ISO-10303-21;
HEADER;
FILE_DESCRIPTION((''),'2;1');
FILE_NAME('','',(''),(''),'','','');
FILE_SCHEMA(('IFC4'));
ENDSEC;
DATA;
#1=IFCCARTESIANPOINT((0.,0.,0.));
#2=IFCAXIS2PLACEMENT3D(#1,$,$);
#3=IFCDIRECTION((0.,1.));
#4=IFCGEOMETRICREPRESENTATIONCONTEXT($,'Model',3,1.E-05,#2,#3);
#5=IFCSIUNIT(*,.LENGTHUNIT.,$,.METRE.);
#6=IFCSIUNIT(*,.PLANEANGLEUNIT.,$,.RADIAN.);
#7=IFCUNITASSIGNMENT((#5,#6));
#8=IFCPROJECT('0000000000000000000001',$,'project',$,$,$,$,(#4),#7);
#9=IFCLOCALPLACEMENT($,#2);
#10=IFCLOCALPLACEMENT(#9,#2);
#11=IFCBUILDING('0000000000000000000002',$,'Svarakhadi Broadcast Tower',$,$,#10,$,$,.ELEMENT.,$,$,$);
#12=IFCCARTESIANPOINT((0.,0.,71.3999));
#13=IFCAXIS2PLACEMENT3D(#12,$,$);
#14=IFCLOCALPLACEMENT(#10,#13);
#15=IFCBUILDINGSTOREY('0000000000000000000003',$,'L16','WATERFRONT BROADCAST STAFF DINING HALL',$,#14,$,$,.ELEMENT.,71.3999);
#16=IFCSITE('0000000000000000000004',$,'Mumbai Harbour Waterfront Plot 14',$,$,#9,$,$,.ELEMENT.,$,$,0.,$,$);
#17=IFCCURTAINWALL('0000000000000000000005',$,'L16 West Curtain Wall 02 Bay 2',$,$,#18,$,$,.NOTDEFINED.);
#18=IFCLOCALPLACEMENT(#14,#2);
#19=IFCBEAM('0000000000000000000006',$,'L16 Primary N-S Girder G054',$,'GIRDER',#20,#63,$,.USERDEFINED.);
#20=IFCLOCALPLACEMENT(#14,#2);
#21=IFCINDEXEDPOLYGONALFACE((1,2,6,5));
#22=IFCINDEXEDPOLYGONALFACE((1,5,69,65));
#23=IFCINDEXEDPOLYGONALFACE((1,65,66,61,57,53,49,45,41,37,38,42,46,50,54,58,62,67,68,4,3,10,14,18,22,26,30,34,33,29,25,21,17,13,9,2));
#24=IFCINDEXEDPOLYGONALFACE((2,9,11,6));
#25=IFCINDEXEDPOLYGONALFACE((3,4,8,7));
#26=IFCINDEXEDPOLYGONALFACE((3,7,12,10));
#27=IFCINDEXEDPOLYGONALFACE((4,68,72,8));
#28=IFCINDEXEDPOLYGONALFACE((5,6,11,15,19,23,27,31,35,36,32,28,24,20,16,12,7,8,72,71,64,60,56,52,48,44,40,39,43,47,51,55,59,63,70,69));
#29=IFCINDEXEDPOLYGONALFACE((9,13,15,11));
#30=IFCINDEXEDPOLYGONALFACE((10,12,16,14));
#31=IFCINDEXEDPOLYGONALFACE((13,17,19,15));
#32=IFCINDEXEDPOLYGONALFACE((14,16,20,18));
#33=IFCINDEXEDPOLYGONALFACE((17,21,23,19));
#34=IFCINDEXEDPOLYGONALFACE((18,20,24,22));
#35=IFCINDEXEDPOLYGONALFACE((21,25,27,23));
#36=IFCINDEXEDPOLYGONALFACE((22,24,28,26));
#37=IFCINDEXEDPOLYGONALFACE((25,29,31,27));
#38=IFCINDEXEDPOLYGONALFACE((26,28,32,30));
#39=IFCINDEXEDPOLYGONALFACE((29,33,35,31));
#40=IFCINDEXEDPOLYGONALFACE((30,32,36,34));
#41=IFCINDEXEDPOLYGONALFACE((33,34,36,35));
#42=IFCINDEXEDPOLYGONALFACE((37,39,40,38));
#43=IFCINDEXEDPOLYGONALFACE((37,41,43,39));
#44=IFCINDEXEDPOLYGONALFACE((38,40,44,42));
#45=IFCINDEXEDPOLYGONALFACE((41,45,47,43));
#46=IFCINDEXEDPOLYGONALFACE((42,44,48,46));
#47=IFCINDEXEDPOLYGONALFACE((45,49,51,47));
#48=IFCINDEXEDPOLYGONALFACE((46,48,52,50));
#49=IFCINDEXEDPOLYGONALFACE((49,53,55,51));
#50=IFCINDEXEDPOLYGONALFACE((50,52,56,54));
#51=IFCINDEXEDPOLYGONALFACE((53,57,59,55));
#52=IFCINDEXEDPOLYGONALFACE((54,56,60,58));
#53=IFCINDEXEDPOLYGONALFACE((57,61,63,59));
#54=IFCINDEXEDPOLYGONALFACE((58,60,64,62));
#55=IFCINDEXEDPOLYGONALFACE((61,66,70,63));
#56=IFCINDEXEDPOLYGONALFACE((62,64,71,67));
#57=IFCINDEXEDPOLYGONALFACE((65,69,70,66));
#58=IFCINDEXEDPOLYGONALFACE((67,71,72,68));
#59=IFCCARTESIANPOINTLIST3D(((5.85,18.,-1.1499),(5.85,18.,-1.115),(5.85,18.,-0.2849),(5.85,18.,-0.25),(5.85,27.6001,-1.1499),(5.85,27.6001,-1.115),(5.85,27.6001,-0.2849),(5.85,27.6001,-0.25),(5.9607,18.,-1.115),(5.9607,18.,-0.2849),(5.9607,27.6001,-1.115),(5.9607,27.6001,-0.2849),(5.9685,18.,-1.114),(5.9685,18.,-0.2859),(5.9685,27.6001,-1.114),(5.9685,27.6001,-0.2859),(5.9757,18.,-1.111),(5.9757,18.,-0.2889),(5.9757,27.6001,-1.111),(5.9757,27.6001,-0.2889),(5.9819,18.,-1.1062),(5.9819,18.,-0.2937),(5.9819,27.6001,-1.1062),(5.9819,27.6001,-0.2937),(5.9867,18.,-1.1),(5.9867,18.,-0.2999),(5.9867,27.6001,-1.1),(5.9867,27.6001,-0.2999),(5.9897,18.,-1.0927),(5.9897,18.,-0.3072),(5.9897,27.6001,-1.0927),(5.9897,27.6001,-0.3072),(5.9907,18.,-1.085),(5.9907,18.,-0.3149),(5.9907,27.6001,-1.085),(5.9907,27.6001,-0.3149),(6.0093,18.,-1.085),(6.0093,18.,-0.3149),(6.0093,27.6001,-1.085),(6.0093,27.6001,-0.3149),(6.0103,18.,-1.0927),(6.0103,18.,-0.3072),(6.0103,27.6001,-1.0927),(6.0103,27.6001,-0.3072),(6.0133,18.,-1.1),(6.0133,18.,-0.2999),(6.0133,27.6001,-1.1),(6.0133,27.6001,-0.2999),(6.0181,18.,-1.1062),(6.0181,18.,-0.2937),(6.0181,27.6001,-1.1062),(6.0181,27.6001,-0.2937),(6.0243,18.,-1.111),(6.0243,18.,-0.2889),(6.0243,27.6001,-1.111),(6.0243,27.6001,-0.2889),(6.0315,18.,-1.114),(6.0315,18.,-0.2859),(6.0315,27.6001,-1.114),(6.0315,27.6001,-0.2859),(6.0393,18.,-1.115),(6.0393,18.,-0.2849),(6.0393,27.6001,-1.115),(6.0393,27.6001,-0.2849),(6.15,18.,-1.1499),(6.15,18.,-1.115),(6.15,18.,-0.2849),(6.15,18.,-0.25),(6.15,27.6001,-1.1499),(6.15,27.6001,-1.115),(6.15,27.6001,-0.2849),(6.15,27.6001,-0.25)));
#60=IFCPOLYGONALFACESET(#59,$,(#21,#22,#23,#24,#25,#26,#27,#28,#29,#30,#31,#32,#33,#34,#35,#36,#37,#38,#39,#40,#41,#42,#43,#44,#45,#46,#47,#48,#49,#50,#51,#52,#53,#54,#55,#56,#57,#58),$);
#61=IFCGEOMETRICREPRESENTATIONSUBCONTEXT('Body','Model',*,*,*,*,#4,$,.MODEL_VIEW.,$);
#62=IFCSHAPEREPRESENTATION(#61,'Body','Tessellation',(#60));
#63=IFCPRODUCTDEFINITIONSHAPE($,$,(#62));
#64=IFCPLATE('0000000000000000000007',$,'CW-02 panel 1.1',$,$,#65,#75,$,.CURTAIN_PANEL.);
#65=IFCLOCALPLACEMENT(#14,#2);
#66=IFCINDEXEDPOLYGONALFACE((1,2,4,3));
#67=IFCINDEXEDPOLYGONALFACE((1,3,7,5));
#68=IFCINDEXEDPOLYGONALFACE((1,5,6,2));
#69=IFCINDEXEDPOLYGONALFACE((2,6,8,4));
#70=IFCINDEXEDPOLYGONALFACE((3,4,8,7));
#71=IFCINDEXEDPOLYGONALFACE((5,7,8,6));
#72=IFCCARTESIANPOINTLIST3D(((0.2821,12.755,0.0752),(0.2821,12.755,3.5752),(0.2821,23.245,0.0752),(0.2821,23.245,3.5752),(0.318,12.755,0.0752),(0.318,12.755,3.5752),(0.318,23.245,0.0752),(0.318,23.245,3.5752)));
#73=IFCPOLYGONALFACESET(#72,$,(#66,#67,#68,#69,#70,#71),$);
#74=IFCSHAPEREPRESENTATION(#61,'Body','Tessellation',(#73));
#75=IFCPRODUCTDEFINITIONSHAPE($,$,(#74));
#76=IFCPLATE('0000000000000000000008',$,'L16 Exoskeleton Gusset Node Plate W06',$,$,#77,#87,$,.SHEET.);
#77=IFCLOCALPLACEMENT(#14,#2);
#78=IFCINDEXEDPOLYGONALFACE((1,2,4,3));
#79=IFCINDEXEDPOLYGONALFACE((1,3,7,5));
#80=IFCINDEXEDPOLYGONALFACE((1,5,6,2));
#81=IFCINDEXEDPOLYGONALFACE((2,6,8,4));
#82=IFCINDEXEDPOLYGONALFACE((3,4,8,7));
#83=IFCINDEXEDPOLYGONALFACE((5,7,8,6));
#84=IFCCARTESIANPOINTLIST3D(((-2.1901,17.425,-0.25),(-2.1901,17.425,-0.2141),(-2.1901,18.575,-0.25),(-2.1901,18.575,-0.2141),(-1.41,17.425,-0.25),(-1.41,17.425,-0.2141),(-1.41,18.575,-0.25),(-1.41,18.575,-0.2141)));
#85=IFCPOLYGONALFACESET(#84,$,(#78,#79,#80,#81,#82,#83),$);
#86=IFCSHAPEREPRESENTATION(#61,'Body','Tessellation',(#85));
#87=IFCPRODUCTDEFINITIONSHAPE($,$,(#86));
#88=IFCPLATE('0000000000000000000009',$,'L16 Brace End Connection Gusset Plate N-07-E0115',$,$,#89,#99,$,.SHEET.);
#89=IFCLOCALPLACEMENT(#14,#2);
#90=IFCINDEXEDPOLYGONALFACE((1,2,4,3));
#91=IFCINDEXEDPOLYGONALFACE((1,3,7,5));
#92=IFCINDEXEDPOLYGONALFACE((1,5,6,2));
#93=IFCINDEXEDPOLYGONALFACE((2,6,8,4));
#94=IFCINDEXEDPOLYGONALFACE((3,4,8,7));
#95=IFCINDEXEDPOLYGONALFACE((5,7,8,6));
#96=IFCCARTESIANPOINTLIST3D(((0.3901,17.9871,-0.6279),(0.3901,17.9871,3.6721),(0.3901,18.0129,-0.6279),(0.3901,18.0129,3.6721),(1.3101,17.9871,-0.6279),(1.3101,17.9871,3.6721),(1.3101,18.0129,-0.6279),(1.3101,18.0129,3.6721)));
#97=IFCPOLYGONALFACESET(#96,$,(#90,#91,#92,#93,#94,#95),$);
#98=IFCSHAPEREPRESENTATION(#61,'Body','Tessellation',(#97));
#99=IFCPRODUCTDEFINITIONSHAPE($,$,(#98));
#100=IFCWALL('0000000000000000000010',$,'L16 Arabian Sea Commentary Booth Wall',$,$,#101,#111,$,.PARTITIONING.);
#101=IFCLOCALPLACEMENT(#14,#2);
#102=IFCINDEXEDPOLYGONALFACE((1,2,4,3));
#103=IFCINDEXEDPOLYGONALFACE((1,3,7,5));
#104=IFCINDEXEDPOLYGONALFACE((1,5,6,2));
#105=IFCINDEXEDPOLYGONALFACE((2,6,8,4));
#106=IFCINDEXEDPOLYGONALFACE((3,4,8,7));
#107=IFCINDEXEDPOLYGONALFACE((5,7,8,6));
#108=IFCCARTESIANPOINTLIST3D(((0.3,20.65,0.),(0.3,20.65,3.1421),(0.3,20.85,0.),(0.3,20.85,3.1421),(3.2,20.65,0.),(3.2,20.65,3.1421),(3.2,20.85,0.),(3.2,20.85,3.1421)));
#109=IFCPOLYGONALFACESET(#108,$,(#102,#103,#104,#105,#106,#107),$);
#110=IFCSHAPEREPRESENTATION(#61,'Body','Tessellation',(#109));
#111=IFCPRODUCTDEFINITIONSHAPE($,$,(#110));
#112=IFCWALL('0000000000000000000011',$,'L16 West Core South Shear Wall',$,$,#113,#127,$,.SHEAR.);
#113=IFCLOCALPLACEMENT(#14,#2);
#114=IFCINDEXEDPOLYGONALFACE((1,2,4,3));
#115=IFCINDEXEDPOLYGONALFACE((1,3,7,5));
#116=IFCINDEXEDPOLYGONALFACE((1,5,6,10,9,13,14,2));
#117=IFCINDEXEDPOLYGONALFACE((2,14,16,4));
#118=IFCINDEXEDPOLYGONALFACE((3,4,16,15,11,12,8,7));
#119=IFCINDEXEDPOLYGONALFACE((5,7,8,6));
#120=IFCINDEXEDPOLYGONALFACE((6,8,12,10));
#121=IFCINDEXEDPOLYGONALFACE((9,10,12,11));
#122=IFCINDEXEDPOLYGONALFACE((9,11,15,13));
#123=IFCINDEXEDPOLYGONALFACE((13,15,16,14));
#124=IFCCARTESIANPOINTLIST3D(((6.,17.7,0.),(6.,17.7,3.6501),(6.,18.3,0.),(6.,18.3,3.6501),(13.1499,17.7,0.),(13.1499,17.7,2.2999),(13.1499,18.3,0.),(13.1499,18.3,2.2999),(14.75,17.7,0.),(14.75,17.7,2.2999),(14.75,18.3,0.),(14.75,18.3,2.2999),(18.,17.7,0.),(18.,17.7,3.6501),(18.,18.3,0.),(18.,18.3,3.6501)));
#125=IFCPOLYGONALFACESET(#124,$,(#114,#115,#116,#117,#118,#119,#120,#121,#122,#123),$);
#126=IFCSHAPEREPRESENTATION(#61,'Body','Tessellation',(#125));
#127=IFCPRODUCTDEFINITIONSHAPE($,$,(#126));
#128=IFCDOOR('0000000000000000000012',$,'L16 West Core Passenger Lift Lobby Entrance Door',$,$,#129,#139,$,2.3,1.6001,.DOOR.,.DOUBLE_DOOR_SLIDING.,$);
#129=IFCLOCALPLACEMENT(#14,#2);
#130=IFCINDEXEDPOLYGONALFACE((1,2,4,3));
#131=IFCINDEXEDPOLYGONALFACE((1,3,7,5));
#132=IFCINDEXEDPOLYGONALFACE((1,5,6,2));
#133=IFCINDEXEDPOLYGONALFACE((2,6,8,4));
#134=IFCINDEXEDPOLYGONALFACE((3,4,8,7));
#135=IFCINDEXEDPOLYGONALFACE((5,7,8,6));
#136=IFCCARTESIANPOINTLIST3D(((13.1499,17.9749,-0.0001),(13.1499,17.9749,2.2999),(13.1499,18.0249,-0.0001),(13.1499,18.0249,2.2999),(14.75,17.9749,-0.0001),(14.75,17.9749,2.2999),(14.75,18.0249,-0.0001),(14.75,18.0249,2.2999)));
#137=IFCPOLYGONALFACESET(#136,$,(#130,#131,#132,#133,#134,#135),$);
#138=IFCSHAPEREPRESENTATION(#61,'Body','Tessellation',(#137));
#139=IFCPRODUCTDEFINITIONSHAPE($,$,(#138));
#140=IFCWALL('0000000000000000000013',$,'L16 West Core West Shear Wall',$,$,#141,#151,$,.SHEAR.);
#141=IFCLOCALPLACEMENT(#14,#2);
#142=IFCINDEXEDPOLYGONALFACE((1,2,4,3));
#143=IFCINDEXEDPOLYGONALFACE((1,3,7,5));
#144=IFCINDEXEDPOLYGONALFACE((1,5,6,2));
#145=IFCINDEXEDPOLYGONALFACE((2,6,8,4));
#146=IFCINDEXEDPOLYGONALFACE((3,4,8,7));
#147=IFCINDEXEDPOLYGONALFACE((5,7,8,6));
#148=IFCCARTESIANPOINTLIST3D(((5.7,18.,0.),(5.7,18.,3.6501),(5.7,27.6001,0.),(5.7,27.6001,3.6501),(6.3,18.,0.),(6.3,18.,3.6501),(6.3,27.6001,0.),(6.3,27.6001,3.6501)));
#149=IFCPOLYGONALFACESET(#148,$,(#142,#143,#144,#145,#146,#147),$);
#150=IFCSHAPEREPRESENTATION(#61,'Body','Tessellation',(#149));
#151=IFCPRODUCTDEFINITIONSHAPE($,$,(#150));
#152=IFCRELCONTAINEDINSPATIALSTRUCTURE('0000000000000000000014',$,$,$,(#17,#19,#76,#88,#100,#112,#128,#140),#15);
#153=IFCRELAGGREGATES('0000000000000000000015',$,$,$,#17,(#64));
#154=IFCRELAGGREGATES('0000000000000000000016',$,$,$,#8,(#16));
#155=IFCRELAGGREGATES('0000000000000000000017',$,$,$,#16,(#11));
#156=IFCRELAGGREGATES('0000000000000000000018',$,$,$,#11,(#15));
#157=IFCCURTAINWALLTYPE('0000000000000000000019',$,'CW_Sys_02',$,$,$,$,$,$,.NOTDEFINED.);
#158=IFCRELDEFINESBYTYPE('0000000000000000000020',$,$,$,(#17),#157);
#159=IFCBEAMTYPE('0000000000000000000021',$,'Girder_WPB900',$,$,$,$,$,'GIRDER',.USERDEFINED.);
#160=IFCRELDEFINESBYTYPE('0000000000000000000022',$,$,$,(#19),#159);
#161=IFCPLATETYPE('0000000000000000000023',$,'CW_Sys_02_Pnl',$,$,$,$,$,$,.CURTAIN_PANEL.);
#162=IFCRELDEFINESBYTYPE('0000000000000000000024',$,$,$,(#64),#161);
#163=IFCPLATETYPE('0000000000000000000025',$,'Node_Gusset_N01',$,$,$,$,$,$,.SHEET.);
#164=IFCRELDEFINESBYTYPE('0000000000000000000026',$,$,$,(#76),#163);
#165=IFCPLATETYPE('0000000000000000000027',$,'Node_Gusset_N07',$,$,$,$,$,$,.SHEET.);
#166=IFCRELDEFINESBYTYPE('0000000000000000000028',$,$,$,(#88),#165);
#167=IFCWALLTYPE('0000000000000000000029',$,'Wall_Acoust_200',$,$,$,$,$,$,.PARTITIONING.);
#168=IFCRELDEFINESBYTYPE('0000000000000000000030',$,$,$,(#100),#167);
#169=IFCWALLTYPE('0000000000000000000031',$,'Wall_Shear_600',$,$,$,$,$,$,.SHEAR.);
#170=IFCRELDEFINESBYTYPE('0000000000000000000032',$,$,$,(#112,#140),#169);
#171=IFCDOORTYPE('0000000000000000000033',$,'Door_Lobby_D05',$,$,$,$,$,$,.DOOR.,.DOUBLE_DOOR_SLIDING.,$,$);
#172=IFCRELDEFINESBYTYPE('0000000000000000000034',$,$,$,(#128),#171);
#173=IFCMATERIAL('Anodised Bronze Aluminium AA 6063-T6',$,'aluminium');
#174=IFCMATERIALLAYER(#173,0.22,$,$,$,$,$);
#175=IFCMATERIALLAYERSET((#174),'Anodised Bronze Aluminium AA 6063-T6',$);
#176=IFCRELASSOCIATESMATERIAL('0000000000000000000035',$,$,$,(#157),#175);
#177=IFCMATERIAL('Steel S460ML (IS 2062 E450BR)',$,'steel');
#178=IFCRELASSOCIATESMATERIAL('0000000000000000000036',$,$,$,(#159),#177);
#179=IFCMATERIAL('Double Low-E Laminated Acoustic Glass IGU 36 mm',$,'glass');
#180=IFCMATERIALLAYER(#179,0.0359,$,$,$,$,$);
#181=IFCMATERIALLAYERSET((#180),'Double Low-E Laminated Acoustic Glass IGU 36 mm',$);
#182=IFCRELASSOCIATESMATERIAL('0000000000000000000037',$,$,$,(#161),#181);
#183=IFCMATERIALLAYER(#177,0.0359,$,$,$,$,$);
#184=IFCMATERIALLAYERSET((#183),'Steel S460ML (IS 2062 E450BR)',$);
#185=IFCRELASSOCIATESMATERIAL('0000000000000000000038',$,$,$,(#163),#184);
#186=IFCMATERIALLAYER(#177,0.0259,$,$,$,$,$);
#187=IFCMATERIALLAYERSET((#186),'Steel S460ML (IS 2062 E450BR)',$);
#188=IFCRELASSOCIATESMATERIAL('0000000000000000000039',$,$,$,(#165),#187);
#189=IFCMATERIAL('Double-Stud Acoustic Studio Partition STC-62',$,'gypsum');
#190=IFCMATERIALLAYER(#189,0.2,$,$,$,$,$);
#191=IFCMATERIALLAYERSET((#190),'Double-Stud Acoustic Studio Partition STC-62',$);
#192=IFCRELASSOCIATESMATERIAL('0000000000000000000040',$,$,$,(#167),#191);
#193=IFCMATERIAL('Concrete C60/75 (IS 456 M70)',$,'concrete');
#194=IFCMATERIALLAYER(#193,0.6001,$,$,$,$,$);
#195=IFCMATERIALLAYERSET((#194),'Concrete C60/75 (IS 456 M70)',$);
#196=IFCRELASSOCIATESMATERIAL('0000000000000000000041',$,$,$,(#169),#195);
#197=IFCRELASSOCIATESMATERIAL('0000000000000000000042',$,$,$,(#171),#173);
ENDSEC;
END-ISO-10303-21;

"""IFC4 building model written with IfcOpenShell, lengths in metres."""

from ifc_helpers import new_model, si_unit, direction, frame, frame_2d, origin, origin_2d, place, context, subcontext, project, spatial, rectangle, i_section, extrude, material, layer, layer_set, material_profile, profile_set, type_object, element, fill, aggregate, save


model = new_model("IFC4")

# Units and contexts
model_context = context("Model", 3, precision=1e-05, world=origin(), true_north=direction((0.0, 1.0)))
body_context = subcontext(model_context, "Body", "Model", "MODEL_VIEW")
ifc_project = project(units=[si_unit("LENGTHUNIT", "METRE"), si_unit("PLANEANGLEUNIT", "RADIAN")], contexts=[model_context])

# Site, building, storey
site_placement = place(None, origin())
site = spatial("IfcSite", under=ifc_project, at=site_placement, Name="Mumbai Harbour Waterfront Plot 14", CompositionType="ELEMENT", RefElevation=0.0)
building_placement = place(site_placement, origin())
building = spatial("IfcBuilding", under=site, at=building_placement, Name="Svarakhadi Broadcast Tower", CompositionType="ELEMENT")
storey_placement = place(building_placement, frame((0.0, 0.0, 71.3999)))
storey = spatial("IfcBuildingStorey", under=building, at=storey_placement, Name="L16", Description="WATERFRONT BROADCAST STAFF DINING HALL", CompositionType="ELEMENT", Elevation=71.3999)

# Shared definitions
ifc_material_1 = material(Name="Concrete C60/75 (IS 456 M70)", Category="concrete")
ifc_material_2 = material(Name="Steel S460ML (IS 2062 E450BR)", Category="steel")

# Curtain wall
ifc_material_3 = material(Name="Anodised Bronze Aluminium AA 6063-T6", Category="aluminium")
ifc_layer_1 = layer(ifc_material_3, 0.22)
ifc_layer_set_1 = layer_set([ifc_layer_1], Name="Anodised Bronze Aluminium AA 6063-T6")
curtain_wall_type = type_object("IfcCurtainWallType", Name="CW_Sys_02", PredefinedType="NOTDEFINED", material=ifc_layer_set_1)
curtain_wall_placement = place(storey_placement, origin())
curtain_wall = element("IfcCurtainWall", 1, at=curtain_wall_placement, inside=storey, type_object=curtain_wall_type, Name="L16 West Curtain Wall 02 Bay 2", PredefinedType="NOTDEFINED")

# Beam
ifc_material_profile_1 = material_profile(ifc_material_2, i_section(OverallWidth=0.3, OverallDepth=0.8999, WebThickness=0.0186, FlangeThickness=0.0349, FilletRadius=0.03, at=origin_2d()), Name="WPB 900x300x291")
ifc_profile_set_1 = profile_set([ifc_material_profile_1], Name="Steel S460ML (IS 2062 E450BR)")
beam_type_1 = type_object("IfcBeamType", Name="Girder_WPB900", ElementType="GIRDER", PredefinedType="USERDEFINED", material=ifc_profile_set_1)
beam_1_placement = place(storey_placement, frame((6.0, 18.0, -0.7), z_axis=(0.0, 1.0, 0.0), x_axis=(-1.0, 0.0, 0.0)))
element("IfcBeam", 2, at=beam_1_placement, inside=storey, type_object=beam_type_1, Name="L16 Primary N-S Girder G054", ObjectType="GIRDER", PredefinedType="USERDEFINED", context=body_context, shape_type="SweptSolid", body=[
    extrude(i_section(OverallWidth=0.3, OverallDepth=0.8999, WebThickness=0.0186, FlangeThickness=0.0349, FilletRadius=0.03, at=origin_2d()), origin(), (0.0, 0.0, 1.0), 9.6001),
])

# Plate
ifc_material_4 = material(Name="Double Low-E Laminated Acoustic Glass IGU 36 mm", Category="glass")
ifc_layer_2 = layer(ifc_material_4, 0.0359)
ifc_layer_set_2 = layer_set([ifc_layer_2], Name="Double Low-E Laminated Acoustic Glass IGU 36 mm")
plate_type_1 = type_object("IfcPlateType", Name="CW_Sys_02_Pnl", PredefinedType="CURTAIN_PANEL", material=ifc_layer_set_2)
plate_1_placement = place(storey_placement, frame((0.3, 18.0, 0.0752), z_axis=(0.0, 0.0, 1.0), x_axis=(0.0, 1.0, 0.0)))
plate_1 = element("IfcPlate", 3, at=plate_1_placement, type_object=plate_type_1, Name="CW-02 panel 1.1", PredefinedType="CURTAIN_PANEL", context=body_context, shape_type="SweptSolid", body=[
    extrude(rectangle(XDim=10.49, YDim=0.0359, at=origin_2d()), origin(), (0.0, 0.0, 1.0), 3.5),
])
aggregate(curtain_wall, [plate_1])

# Plates
ifc_layer_3 = layer(ifc_material_2, 0.0359)
ifc_layer_set_3 = layer_set([ifc_layer_3], Name="Steel S460ML (IS 2062 E450BR)")
plate_type_2 = type_object("IfcPlateType", Name="Node_Gusset_N01", PredefinedType="SHEET", material=ifc_layer_set_3)
plate_2_placement = place(storey_placement, frame((-1.8, 18.0, -0.25), z_axis=(0.0, 0.0, 1.0), x_axis=(0.0, 1.0, 0.0)))
element("IfcPlate", 4, at=plate_2_placement, inside=storey, type_object=plate_type_2, Name="L16 Exoskeleton Gusset Node Plate W06", PredefinedType="SHEET", context=body_context, shape_type="SweptSolid", body=[
    extrude(rectangle(XDim=1.1499, YDim=0.78, at=origin_2d()), origin(), (0.0, 0.0, 1.0), 0.0359),
])
ifc_layer_4 = layer(ifc_material_2, 0.0259)
ifc_layer_set_4 = layer_set([ifc_layer_4], Name="Steel S460ML (IS 2062 E450BR)")
plate_type_3 = type_object("IfcPlateType", Name="Node_Gusset_N07", PredefinedType="SHEET", material=ifc_layer_set_4)
plate_3_placement = place(storey_placement, frame((0.8501, 18.0, -0.6279), z_axis=(0.0, 0.0, 1.0), x_axis=(1.0, 0.0, 0.0)))
element("IfcPlate", 5, at=plate_3_placement, inside=storey, type_object=plate_type_3, Name="L16 Brace End Connection Gusset Plate N-07-E0115", PredefinedType="SHEET", context=body_context, shape_type="SweptSolid", body=[
    extrude(rectangle(XDim=0.9199, YDim=0.0259, at=origin_2d()), origin(), (0.0, 0.0, 1.0), 4.3),
])

# Wall
ifc_material_5 = material(Name="Double-Stud Acoustic Studio Partition STC-62", Category="gypsum")
ifc_layer_5 = layer(ifc_material_5, 0.2)
ifc_layer_set_5 = layer_set([ifc_layer_5], Name="Double-Stud Acoustic Studio Partition STC-62")
wall_type_1 = type_object("IfcWallType", Name="Wall_Acoust_200", PredefinedType="PARTITIONING", material=ifc_layer_set_5)
wall_1_placement = place(storey_placement, frame((0.3, 20.75, 0.0), z_axis=(0.0, 0.0, 1.0), x_axis=(1.0, 0.0, 0.0)))
element("IfcWall", 6, at=wall_1_placement, inside=storey, type_object=wall_type_1, Name="L16 Arabian Sea Commentary Booth Wall", PredefinedType="PARTITIONING", context=body_context, shape_type="SweptSolid", body=[
    extrude(rectangle(XDim=2.8999, YDim=0.2, at=frame_2d((1.45, 0.0))), origin(), (0.0, 0.0, 1.0), 3.1421),
])

# Wall, opening, door
ifc_layer_6 = layer(ifc_material_1, 0.6001)
ifc_layer_set_6 = layer_set([ifc_layer_6], Name="Concrete C60/75 (IS 456 M70)")
wall_type_2 = type_object("IfcWallType", Name="Wall_Shear_600", PredefinedType="SHEAR", material=ifc_layer_set_6)
wall_2_placement = place(storey_placement, frame((6.0, 18.0, 0.0), z_axis=(0.0, 0.0, 1.0), x_axis=(1.0, 0.0, 0.0)))
wall_2 = element("IfcWall", 7, at=wall_2_placement, inside=storey, type_object=wall_type_2, Name="L16 West Core South Shear Wall", PredefinedType="SHEAR", context=body_context, shape_type="SweptSolid", body=[
    extrude(rectangle(XDim=12.0, YDim=0.6001, at=frame_2d((6.0, 0.0))), origin(), (0.0, 0.0, 1.0), 3.6501),
])
opening_placement = place(wall_2_placement, frame((7.1499, 0.0, 0.0)))
opening = element("IfcOpeningElement", 8, at=opening_placement, cuts=wall_2, PredefinedType="OPENING", context=body_context, shape_type="SweptSolid", body=[
    extrude(rectangle(XDim=1.6001, YDim=2.3, at=frame_2d((0.8, 1.1499))), frame((0.0, 0.3101, 0.0), z_axis=(0.0, -1.0, 0.0), x_axis=(1.0, 0.0, 0.0)), (0.0, 0.0, 1.0), 0.6201),
])
door_type = type_object("IfcDoorType", Name="Door_Lobby_D05", OperationType="DOUBLE_DOOR_SLIDING", PredefinedType="DOOR", material=ifc_material_3)
door_placement = place(opening_placement, origin())
door = element("IfcDoor", 9, at=door_placement, inside=storey, type_object=door_type, Name="L16 West Core Passenger Lift Lobby Entrance Door", OperationType="DOUBLE_DOOR_SLIDING", OverallHeight=2.3, OverallWidth=1.6001, PredefinedType="DOOR", context=body_context, shape_type="SweptSolid", body=[
    extrude(rectangle(XDim=1.6001, YDim=2.3, at=frame_2d((0.8, 1.1499))), frame((0.0, 0.0249, 0.0), z_axis=(0.0, -1.0, 0.0), x_axis=(1.0, 0.0, 0.0)), (0.0, 0.0, 1.0), 0.05),
])
fill(opening, door)

# Wall
wall_3_placement = place(storey_placement, frame((6.0, 18.0, 0.0), z_axis=(0.0, 0.0, 1.0), x_axis=(0.0, 1.0, 0.0)))
element("IfcWall", 10, at=wall_3_placement, inside=storey, type_object=wall_type_2, Name="L16 West Core West Shear Wall", PredefinedType="SHEAR", context=body_context, shape_type="SweptSolid", body=[
    extrude(rectangle(XDim=9.6001, YDim=0.6001, at=frame_2d((4.8, 0.0))), origin(), (0.0, 0.0, 1.0), 3.6501),
])

save(model, "model.ifc")
